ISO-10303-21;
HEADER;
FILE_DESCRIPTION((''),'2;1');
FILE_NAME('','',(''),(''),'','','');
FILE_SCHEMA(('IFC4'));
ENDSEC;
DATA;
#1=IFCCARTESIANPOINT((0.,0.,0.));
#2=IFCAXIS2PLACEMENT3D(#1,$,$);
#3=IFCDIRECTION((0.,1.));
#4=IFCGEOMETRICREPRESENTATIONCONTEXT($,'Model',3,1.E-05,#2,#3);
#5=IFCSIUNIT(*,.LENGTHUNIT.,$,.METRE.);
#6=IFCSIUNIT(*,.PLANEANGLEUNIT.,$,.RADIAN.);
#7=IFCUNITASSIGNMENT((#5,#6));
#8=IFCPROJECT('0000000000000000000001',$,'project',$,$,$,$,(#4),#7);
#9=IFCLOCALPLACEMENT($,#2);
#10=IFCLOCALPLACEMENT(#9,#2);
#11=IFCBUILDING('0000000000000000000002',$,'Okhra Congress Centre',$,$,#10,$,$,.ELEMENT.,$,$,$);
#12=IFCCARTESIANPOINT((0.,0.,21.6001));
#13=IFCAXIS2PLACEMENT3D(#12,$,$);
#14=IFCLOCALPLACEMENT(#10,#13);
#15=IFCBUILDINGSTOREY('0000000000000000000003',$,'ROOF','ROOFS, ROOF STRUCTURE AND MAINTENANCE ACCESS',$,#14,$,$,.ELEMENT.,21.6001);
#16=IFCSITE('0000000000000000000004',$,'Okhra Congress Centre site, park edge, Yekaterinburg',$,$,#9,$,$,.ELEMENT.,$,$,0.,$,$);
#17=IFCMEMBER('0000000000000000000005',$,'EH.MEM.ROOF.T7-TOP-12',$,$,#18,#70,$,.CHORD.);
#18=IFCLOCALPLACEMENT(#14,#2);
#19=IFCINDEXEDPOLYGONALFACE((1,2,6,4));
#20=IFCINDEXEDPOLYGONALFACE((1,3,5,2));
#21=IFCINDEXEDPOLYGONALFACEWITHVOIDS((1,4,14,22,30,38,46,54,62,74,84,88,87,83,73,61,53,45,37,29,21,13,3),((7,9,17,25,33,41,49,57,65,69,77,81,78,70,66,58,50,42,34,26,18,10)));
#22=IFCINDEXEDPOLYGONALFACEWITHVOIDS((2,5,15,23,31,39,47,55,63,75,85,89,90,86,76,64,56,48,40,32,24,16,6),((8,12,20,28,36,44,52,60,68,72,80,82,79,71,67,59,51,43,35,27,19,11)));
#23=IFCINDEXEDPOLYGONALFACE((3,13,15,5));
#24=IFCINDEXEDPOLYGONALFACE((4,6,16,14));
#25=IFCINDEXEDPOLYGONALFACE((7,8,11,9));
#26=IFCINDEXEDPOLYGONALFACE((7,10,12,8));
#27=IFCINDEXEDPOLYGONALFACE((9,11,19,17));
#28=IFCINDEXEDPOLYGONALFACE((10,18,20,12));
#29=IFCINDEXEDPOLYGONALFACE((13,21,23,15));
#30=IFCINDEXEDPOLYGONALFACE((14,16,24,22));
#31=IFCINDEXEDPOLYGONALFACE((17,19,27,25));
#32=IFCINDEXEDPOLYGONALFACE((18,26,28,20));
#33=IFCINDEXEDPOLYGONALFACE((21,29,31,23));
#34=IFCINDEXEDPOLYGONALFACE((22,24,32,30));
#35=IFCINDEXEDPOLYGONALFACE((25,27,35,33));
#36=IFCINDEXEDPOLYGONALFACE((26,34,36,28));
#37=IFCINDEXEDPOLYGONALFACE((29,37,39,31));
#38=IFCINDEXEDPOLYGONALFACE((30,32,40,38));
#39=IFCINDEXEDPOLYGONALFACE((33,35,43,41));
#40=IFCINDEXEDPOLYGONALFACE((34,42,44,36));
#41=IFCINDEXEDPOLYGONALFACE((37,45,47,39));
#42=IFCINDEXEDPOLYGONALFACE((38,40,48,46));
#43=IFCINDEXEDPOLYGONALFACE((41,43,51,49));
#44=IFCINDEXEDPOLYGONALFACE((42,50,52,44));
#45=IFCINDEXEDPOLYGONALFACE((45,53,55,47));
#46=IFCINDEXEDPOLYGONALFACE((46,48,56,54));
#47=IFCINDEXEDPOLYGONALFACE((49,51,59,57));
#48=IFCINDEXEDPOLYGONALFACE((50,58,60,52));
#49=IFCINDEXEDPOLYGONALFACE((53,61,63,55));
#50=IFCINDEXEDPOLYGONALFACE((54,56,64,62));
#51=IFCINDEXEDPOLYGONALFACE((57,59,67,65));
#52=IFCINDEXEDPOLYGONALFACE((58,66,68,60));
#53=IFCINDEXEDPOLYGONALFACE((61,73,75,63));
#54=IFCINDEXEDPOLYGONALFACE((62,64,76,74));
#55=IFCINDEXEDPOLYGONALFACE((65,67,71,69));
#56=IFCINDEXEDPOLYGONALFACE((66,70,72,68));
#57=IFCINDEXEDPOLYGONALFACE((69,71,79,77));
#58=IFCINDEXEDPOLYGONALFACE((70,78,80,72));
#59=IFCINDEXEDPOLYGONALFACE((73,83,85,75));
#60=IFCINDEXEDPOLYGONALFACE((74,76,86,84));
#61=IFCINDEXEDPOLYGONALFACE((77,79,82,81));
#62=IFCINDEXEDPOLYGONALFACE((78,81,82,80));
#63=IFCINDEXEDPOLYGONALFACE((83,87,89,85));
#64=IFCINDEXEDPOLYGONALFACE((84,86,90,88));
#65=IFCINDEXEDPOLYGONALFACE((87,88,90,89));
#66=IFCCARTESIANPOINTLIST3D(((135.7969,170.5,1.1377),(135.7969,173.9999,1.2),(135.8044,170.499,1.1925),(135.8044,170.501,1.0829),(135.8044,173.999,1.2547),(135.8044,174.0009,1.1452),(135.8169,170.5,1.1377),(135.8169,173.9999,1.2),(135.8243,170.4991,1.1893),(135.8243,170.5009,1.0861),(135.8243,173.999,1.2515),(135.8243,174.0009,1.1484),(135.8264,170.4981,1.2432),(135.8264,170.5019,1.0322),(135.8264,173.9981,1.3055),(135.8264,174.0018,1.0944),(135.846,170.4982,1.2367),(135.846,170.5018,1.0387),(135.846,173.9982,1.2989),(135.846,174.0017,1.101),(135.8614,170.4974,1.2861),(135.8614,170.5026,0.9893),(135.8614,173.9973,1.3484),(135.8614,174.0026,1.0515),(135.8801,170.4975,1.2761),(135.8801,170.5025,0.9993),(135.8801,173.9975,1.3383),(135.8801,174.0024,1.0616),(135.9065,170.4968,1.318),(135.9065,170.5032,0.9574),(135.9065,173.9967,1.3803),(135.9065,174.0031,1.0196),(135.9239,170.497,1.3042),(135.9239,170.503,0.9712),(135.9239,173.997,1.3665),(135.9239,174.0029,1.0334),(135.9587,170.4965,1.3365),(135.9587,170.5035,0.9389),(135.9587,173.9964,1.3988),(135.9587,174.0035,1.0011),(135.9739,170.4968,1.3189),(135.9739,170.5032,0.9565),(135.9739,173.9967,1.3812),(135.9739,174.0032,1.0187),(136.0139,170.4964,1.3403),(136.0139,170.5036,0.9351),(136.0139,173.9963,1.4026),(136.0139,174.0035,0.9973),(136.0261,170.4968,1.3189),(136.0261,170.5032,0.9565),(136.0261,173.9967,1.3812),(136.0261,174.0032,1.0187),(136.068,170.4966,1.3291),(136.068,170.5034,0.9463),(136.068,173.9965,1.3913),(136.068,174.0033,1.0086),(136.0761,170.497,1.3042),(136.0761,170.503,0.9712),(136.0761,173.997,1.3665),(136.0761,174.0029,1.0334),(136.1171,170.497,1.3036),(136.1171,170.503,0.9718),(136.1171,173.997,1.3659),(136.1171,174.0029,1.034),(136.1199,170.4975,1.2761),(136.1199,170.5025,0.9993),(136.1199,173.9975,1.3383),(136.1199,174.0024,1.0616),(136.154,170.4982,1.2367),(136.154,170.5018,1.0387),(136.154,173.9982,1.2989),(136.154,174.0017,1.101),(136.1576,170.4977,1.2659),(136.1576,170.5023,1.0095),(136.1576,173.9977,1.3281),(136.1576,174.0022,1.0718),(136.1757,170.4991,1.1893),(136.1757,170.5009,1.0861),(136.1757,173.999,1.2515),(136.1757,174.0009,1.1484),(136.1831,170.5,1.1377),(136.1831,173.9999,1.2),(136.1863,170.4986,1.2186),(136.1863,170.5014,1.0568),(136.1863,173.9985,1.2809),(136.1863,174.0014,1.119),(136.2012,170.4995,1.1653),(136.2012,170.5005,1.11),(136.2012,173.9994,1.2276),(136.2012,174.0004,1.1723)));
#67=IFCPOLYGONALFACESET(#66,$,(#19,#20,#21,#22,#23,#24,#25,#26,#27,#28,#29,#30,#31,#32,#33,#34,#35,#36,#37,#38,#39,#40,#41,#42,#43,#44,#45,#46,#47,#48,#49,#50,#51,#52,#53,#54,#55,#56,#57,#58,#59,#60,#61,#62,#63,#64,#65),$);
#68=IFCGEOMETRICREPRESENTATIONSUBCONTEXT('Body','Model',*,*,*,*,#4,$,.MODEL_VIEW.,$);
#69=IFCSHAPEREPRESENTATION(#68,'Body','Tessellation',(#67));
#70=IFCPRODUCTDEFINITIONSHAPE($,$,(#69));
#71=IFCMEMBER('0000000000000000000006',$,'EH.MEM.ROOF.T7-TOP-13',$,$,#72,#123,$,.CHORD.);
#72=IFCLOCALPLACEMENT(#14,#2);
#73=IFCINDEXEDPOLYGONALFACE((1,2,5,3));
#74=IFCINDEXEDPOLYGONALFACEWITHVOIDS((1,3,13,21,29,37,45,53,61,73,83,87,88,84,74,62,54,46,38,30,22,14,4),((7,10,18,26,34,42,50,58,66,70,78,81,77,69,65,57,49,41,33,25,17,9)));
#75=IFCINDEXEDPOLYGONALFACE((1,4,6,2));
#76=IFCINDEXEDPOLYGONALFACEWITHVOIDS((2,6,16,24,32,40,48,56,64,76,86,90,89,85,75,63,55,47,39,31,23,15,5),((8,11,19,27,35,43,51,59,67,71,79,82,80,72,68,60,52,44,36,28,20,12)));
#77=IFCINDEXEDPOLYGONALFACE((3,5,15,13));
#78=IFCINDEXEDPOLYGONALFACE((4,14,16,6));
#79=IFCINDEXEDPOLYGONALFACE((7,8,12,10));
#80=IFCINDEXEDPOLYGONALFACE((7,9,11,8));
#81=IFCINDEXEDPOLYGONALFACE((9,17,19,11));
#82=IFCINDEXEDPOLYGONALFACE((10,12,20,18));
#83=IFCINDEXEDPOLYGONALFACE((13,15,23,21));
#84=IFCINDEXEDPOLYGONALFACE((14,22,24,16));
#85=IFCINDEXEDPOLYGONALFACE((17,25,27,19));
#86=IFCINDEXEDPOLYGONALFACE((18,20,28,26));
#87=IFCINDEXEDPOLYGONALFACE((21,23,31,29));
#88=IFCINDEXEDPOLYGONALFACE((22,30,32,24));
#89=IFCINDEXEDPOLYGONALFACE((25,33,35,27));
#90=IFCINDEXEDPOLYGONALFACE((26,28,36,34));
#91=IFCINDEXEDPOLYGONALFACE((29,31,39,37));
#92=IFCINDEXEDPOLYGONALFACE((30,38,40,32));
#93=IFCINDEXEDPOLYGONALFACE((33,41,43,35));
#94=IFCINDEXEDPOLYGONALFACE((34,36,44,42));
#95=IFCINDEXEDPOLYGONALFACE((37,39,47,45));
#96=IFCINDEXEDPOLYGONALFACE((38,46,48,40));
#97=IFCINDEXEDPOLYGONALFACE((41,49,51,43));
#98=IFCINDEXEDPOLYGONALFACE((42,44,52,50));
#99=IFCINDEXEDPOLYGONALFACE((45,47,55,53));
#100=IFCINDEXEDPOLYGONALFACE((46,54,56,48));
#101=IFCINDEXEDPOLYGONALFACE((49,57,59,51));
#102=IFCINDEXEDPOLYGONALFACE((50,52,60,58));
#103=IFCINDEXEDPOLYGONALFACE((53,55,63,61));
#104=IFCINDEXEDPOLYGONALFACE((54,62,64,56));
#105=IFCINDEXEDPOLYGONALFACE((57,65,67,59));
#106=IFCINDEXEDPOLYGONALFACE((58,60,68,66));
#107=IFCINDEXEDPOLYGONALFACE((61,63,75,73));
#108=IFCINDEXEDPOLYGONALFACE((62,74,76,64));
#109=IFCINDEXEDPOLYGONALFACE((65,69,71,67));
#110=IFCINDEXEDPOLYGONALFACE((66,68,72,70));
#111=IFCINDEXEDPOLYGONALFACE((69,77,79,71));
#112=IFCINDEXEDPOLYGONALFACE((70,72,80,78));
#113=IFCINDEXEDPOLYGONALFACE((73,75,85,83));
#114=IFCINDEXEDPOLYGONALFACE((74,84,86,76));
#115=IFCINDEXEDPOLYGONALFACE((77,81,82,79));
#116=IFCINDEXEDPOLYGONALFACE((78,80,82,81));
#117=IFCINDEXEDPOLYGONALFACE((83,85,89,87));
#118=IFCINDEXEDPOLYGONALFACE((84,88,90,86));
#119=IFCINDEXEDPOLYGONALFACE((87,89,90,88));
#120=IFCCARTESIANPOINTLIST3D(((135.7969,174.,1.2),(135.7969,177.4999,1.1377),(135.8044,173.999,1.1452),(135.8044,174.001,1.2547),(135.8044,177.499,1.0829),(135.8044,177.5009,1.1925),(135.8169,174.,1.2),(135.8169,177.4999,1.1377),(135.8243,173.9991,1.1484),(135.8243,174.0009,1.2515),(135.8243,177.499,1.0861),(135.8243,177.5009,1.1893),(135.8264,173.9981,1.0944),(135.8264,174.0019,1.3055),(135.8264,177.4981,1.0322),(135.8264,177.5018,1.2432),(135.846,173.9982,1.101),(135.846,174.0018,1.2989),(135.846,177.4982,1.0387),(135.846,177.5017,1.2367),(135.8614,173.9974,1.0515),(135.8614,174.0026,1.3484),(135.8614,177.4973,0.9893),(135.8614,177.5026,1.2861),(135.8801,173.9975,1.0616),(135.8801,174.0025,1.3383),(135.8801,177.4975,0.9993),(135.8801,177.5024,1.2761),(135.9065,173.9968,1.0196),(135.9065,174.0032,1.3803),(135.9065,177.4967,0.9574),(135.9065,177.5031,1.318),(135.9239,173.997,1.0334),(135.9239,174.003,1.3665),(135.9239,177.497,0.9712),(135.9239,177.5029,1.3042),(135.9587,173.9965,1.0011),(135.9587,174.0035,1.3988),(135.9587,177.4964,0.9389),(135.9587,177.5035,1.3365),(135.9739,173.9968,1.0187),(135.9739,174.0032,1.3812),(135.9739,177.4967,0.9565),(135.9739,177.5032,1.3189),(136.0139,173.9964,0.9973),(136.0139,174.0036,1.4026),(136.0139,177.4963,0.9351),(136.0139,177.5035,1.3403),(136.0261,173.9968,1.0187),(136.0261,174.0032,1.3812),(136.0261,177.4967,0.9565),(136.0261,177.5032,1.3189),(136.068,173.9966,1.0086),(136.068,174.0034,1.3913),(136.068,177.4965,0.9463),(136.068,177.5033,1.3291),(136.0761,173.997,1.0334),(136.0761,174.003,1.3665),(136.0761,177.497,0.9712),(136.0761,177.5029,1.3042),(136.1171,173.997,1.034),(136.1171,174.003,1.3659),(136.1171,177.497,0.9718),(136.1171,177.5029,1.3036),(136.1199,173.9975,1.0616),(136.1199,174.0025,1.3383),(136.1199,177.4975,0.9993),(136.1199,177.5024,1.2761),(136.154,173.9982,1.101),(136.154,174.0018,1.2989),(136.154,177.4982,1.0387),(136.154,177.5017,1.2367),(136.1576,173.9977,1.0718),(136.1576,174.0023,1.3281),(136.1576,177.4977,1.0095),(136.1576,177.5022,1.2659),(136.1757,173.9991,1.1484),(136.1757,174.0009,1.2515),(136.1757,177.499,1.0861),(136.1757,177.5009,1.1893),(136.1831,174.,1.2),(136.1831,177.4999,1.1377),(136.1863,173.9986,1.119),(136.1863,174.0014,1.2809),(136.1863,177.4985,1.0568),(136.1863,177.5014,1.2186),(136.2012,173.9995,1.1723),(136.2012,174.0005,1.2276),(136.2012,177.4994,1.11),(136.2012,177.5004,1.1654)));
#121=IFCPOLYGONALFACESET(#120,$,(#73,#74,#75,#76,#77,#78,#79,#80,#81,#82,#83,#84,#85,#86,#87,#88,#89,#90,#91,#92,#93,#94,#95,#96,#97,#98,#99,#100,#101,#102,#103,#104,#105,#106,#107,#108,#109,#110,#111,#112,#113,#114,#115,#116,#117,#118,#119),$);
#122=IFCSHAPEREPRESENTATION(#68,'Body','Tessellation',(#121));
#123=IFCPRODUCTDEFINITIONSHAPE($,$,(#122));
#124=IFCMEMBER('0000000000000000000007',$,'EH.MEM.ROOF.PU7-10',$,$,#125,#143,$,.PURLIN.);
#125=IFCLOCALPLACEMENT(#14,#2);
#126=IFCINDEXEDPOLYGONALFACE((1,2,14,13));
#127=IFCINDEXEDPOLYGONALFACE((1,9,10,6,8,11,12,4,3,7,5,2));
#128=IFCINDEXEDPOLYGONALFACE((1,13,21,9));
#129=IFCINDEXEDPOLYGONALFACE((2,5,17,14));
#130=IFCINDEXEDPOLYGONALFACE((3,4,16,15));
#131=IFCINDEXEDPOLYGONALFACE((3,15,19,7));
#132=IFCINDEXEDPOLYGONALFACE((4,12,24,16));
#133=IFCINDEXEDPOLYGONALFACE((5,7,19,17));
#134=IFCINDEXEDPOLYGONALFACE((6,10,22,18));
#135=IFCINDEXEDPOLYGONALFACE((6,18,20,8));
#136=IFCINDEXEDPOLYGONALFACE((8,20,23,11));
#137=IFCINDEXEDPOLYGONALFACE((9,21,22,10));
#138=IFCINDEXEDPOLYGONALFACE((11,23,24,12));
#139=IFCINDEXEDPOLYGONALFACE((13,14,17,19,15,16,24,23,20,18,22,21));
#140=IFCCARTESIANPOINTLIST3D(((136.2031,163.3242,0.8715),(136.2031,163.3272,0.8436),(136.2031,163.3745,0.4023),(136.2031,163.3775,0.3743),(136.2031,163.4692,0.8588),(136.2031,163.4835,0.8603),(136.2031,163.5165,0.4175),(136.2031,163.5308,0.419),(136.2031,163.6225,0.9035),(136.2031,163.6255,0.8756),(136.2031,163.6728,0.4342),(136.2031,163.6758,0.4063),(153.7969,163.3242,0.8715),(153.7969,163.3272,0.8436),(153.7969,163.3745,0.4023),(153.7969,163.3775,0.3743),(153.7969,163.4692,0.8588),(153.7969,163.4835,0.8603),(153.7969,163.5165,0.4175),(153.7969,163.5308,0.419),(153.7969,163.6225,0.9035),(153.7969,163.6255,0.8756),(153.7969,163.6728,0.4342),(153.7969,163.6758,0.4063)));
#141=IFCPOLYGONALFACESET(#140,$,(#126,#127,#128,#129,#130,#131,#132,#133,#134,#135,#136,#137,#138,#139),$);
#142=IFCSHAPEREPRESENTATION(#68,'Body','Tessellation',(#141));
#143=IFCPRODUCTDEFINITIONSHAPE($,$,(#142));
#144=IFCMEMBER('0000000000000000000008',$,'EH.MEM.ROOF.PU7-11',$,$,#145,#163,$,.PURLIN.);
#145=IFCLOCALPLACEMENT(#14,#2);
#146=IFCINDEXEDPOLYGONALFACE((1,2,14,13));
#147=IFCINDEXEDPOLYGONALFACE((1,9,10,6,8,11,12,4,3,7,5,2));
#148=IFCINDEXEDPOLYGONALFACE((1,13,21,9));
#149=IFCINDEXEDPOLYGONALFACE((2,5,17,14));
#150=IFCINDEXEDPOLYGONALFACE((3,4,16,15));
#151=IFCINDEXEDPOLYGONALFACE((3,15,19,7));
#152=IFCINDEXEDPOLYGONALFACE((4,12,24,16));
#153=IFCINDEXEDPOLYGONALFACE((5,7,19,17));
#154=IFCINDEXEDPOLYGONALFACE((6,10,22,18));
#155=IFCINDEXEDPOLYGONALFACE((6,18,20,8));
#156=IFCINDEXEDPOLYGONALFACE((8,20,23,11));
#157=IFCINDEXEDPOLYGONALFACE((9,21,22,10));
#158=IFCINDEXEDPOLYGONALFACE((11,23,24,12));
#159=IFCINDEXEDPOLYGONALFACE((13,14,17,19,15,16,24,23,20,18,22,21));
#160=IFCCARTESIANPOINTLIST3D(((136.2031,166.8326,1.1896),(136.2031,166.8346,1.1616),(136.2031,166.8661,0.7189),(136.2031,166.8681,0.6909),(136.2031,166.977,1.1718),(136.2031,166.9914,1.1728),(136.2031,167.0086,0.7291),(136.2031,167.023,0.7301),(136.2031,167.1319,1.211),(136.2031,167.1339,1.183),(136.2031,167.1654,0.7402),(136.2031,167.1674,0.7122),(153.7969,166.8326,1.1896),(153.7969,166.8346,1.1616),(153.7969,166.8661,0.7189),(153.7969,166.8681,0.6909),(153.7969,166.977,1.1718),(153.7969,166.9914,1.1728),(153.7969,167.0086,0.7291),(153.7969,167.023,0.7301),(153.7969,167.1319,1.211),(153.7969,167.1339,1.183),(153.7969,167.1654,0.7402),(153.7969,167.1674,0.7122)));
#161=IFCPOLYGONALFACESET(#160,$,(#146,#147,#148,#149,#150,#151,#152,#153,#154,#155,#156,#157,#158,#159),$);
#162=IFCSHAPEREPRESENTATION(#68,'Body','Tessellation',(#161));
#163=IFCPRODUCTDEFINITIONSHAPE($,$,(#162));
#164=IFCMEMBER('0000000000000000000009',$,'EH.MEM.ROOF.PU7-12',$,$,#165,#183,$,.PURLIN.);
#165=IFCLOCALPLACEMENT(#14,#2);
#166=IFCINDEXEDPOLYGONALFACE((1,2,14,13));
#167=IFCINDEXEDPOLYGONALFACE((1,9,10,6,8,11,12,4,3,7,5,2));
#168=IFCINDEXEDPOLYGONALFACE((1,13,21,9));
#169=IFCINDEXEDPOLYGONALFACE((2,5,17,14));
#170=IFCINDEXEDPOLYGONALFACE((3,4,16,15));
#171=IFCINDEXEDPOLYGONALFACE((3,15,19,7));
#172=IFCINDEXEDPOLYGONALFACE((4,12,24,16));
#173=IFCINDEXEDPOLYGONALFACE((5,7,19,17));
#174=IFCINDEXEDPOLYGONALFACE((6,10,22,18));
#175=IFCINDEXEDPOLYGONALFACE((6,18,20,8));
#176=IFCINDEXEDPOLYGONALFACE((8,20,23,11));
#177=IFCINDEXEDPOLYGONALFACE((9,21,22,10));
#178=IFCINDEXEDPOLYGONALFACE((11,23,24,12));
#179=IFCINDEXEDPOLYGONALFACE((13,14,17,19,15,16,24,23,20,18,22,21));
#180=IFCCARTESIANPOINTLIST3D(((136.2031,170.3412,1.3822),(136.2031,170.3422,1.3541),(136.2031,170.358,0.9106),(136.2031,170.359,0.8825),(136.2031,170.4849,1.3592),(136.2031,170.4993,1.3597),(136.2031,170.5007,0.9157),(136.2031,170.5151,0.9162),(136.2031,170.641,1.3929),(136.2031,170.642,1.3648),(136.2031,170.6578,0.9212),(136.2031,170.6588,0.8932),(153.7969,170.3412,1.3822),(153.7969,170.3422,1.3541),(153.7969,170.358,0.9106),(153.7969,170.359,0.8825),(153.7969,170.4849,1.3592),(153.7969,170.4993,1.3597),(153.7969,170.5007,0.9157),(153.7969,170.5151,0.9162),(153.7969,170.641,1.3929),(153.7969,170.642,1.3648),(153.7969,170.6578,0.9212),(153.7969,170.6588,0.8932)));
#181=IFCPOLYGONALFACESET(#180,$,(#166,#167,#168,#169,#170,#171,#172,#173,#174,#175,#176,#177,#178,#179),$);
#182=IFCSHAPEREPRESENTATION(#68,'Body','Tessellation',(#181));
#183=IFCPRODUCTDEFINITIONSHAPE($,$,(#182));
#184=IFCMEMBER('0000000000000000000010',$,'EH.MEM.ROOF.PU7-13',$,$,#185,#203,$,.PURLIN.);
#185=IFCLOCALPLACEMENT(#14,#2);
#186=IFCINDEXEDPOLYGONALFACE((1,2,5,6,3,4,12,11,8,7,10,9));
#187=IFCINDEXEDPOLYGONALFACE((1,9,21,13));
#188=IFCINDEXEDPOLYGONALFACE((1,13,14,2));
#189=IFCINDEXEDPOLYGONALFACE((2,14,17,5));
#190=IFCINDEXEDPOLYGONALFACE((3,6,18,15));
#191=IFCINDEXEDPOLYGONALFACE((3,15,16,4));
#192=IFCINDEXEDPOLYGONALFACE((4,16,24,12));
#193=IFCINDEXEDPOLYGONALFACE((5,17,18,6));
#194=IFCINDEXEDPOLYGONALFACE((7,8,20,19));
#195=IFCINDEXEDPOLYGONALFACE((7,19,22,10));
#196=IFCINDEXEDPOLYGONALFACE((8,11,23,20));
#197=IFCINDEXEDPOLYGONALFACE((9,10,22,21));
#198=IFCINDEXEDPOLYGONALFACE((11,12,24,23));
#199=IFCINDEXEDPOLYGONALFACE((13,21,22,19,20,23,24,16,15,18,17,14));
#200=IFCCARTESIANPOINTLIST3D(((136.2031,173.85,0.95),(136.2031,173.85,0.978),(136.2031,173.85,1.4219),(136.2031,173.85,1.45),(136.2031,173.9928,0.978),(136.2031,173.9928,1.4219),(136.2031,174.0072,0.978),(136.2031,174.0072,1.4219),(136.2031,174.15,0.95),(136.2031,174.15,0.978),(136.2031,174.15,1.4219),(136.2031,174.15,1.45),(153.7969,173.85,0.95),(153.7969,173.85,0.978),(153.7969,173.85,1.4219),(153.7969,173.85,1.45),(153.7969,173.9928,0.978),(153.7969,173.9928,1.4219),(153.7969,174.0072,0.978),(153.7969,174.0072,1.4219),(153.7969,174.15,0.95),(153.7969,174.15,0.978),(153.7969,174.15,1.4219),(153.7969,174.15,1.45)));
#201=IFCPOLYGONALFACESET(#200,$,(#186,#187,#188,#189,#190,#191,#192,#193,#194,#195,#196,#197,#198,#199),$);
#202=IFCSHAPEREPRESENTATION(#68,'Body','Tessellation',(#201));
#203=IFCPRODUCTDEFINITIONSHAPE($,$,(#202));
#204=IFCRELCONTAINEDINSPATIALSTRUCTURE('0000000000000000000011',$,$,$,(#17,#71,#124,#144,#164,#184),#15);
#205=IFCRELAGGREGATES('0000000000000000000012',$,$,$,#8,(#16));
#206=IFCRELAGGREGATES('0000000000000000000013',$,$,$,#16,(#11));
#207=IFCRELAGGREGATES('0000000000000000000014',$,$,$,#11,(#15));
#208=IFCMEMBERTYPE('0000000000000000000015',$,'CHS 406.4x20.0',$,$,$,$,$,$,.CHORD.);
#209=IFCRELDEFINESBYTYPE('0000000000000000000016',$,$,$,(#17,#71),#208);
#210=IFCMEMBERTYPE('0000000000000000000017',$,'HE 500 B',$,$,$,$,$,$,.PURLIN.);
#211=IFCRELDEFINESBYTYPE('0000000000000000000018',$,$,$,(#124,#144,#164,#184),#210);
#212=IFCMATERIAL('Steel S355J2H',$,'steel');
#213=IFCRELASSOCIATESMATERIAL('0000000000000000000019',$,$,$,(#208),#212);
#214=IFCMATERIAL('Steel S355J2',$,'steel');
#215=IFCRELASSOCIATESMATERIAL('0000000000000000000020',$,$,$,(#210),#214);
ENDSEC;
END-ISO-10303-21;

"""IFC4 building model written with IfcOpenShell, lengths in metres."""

from ifc_helpers import new_model, si_unit, direction, frame, origin, origin_2d, place, context, subcontext, project, spatial, hollow_circle, i_section, extrude, material, material_profile, profile_set, type_object, element, save


model = new_model("IFC4")

# Units and contexts
model_context = context("Model", 3, precision=1e-05, world=origin(), true_north=direction((0.0, 1.0)))
body_context = subcontext(model_context, "Body", "Model", "MODEL_VIEW")
ifc_project = project(units=[si_unit("LENGTHUNIT", "METRE"), si_unit("PLANEANGLEUNIT", "RADIAN")], contexts=[model_context])

# Site, building, storey
site_placement = place(None, origin())
site = spatial("IfcSite", under=ifc_project, at=site_placement, Name="Okhra Congress Centre site, park edge, Yekaterinburg", CompositionType="ELEMENT", RefElevation=0.0)
building_placement = place(site_placement, origin())
building = spatial("IfcBuilding", under=site, at=building_placement, Name="Okhra Congress Centre", CompositionType="ELEMENT")
storey_placement = place(building_placement, frame((0.0, 0.0, 21.6001)))
storey = spatial("IfcBuildingStorey", under=building, at=storey_placement, Name="ROOF", Description="ROOFS, ROOF STRUCTURE AND MAINTENANCE ACCESS", CompositionType="ELEMENT", Elevation=21.6001)

# Members
ifc_material_1 = material(Name="Steel S355J2H", Category="steel")
ifc_material_profile_1 = material_profile(ifc_material_1, hollow_circle(Radius=0.2031, WallThickness=0.02, at=origin_2d()), Name="CHS 406.4x20.0")
ifc_profile_set_1 = profile_set([ifc_material_profile_1], Name="Steel S355J2H")
member_type_1 = type_object("IfcMemberType", Name="CHS 406.4x20.0", PredefinedType="CHORD", material=ifc_profile_set_1)
for number, where, z_axis, x_axis, name in (
    (1, (136.0, 170.5, 1.1377), (0.0, 0.999842, 0.017785), (-1.0, 0.0, 0.0), "EH.MEM.ROOF.T7-TOP-12"),
    (2, (136.0, 174.0, 1.2), (0.0, 0.999842, -0.017785), (-1.0, 0.0, 0.0), "EH.MEM.ROOF.T7-TOP-13"),
):
    element("IfcMember", number, at=place(storey_placement, frame(where, z_axis=z_axis, x_axis=x_axis)), inside=storey, type_object=member_type_1, Name=name, PredefinedType="CHORD", context=body_context, shape_type="SweptSolid", body=[
        extrude(hollow_circle(Radius=0.2031, WallThickness=0.02, at=origin_2d()), origin(), (0.0, 0.0, 1.0), 3.5005),
    ])
ifc_material_2 = material(Name="Steel S355J2", Category="steel")
ifc_material_profile_2 = material_profile(ifc_material_2, i_section(OverallWidth=0.3, OverallDepth=0.5, WebThickness=0.0144, FlangeThickness=0.0281, at=origin_2d()), Name="HE 500 B")
ifc_profile_set_2 = profile_set([ifc_material_profile_2], Name="Steel S355J2")
member_type_2 = type_object("IfcMemberType", Name="HE 500 B", PredefinedType="PURLIN", material=ifc_profile_set_2)
for number, where, z_axis, x_axis, name in (
    (3, (136.2031, 163.5, 0.6389), (1.0, 0.0, 0.0), (0.0, 0.994302, 0.106601), "EH.MEM.ROOF.PU7-10"),
    (4, (136.2031, 167.0, 0.9509), (1.0, 0.0, 0.0), (0.0, 0.997472, 0.071067), "EH.MEM.ROOF.PU7-11"),
    (5, (136.2031, 170.5, 1.1377), (1.0, 0.0, 0.0), (0.0, 0.999368, 0.035533), "EH.MEM.ROOF.PU7-12"),
    (6, (136.2031, 174.0, 1.2), (1.0, 0.0, 0.0), (0.0, 1.0, 0.0), "EH.MEM.ROOF.PU7-13"),
):
    element("IfcMember", number, at=place(storey_placement, frame(where, z_axis=z_axis, x_axis=x_axis)), inside=storey, type_object=member_type_2, Name=name, PredefinedType="PURLIN", context=body_context, shape_type="SweptSolid", body=[
        extrude(i_section(OverallWidth=0.3, OverallDepth=0.5, WebThickness=0.0144, FlangeThickness=0.0281, at=origin_2d()), origin(), (0.0, 0.0, 1.0), 17.5938),
    ])

save(model, "model.ifc")
